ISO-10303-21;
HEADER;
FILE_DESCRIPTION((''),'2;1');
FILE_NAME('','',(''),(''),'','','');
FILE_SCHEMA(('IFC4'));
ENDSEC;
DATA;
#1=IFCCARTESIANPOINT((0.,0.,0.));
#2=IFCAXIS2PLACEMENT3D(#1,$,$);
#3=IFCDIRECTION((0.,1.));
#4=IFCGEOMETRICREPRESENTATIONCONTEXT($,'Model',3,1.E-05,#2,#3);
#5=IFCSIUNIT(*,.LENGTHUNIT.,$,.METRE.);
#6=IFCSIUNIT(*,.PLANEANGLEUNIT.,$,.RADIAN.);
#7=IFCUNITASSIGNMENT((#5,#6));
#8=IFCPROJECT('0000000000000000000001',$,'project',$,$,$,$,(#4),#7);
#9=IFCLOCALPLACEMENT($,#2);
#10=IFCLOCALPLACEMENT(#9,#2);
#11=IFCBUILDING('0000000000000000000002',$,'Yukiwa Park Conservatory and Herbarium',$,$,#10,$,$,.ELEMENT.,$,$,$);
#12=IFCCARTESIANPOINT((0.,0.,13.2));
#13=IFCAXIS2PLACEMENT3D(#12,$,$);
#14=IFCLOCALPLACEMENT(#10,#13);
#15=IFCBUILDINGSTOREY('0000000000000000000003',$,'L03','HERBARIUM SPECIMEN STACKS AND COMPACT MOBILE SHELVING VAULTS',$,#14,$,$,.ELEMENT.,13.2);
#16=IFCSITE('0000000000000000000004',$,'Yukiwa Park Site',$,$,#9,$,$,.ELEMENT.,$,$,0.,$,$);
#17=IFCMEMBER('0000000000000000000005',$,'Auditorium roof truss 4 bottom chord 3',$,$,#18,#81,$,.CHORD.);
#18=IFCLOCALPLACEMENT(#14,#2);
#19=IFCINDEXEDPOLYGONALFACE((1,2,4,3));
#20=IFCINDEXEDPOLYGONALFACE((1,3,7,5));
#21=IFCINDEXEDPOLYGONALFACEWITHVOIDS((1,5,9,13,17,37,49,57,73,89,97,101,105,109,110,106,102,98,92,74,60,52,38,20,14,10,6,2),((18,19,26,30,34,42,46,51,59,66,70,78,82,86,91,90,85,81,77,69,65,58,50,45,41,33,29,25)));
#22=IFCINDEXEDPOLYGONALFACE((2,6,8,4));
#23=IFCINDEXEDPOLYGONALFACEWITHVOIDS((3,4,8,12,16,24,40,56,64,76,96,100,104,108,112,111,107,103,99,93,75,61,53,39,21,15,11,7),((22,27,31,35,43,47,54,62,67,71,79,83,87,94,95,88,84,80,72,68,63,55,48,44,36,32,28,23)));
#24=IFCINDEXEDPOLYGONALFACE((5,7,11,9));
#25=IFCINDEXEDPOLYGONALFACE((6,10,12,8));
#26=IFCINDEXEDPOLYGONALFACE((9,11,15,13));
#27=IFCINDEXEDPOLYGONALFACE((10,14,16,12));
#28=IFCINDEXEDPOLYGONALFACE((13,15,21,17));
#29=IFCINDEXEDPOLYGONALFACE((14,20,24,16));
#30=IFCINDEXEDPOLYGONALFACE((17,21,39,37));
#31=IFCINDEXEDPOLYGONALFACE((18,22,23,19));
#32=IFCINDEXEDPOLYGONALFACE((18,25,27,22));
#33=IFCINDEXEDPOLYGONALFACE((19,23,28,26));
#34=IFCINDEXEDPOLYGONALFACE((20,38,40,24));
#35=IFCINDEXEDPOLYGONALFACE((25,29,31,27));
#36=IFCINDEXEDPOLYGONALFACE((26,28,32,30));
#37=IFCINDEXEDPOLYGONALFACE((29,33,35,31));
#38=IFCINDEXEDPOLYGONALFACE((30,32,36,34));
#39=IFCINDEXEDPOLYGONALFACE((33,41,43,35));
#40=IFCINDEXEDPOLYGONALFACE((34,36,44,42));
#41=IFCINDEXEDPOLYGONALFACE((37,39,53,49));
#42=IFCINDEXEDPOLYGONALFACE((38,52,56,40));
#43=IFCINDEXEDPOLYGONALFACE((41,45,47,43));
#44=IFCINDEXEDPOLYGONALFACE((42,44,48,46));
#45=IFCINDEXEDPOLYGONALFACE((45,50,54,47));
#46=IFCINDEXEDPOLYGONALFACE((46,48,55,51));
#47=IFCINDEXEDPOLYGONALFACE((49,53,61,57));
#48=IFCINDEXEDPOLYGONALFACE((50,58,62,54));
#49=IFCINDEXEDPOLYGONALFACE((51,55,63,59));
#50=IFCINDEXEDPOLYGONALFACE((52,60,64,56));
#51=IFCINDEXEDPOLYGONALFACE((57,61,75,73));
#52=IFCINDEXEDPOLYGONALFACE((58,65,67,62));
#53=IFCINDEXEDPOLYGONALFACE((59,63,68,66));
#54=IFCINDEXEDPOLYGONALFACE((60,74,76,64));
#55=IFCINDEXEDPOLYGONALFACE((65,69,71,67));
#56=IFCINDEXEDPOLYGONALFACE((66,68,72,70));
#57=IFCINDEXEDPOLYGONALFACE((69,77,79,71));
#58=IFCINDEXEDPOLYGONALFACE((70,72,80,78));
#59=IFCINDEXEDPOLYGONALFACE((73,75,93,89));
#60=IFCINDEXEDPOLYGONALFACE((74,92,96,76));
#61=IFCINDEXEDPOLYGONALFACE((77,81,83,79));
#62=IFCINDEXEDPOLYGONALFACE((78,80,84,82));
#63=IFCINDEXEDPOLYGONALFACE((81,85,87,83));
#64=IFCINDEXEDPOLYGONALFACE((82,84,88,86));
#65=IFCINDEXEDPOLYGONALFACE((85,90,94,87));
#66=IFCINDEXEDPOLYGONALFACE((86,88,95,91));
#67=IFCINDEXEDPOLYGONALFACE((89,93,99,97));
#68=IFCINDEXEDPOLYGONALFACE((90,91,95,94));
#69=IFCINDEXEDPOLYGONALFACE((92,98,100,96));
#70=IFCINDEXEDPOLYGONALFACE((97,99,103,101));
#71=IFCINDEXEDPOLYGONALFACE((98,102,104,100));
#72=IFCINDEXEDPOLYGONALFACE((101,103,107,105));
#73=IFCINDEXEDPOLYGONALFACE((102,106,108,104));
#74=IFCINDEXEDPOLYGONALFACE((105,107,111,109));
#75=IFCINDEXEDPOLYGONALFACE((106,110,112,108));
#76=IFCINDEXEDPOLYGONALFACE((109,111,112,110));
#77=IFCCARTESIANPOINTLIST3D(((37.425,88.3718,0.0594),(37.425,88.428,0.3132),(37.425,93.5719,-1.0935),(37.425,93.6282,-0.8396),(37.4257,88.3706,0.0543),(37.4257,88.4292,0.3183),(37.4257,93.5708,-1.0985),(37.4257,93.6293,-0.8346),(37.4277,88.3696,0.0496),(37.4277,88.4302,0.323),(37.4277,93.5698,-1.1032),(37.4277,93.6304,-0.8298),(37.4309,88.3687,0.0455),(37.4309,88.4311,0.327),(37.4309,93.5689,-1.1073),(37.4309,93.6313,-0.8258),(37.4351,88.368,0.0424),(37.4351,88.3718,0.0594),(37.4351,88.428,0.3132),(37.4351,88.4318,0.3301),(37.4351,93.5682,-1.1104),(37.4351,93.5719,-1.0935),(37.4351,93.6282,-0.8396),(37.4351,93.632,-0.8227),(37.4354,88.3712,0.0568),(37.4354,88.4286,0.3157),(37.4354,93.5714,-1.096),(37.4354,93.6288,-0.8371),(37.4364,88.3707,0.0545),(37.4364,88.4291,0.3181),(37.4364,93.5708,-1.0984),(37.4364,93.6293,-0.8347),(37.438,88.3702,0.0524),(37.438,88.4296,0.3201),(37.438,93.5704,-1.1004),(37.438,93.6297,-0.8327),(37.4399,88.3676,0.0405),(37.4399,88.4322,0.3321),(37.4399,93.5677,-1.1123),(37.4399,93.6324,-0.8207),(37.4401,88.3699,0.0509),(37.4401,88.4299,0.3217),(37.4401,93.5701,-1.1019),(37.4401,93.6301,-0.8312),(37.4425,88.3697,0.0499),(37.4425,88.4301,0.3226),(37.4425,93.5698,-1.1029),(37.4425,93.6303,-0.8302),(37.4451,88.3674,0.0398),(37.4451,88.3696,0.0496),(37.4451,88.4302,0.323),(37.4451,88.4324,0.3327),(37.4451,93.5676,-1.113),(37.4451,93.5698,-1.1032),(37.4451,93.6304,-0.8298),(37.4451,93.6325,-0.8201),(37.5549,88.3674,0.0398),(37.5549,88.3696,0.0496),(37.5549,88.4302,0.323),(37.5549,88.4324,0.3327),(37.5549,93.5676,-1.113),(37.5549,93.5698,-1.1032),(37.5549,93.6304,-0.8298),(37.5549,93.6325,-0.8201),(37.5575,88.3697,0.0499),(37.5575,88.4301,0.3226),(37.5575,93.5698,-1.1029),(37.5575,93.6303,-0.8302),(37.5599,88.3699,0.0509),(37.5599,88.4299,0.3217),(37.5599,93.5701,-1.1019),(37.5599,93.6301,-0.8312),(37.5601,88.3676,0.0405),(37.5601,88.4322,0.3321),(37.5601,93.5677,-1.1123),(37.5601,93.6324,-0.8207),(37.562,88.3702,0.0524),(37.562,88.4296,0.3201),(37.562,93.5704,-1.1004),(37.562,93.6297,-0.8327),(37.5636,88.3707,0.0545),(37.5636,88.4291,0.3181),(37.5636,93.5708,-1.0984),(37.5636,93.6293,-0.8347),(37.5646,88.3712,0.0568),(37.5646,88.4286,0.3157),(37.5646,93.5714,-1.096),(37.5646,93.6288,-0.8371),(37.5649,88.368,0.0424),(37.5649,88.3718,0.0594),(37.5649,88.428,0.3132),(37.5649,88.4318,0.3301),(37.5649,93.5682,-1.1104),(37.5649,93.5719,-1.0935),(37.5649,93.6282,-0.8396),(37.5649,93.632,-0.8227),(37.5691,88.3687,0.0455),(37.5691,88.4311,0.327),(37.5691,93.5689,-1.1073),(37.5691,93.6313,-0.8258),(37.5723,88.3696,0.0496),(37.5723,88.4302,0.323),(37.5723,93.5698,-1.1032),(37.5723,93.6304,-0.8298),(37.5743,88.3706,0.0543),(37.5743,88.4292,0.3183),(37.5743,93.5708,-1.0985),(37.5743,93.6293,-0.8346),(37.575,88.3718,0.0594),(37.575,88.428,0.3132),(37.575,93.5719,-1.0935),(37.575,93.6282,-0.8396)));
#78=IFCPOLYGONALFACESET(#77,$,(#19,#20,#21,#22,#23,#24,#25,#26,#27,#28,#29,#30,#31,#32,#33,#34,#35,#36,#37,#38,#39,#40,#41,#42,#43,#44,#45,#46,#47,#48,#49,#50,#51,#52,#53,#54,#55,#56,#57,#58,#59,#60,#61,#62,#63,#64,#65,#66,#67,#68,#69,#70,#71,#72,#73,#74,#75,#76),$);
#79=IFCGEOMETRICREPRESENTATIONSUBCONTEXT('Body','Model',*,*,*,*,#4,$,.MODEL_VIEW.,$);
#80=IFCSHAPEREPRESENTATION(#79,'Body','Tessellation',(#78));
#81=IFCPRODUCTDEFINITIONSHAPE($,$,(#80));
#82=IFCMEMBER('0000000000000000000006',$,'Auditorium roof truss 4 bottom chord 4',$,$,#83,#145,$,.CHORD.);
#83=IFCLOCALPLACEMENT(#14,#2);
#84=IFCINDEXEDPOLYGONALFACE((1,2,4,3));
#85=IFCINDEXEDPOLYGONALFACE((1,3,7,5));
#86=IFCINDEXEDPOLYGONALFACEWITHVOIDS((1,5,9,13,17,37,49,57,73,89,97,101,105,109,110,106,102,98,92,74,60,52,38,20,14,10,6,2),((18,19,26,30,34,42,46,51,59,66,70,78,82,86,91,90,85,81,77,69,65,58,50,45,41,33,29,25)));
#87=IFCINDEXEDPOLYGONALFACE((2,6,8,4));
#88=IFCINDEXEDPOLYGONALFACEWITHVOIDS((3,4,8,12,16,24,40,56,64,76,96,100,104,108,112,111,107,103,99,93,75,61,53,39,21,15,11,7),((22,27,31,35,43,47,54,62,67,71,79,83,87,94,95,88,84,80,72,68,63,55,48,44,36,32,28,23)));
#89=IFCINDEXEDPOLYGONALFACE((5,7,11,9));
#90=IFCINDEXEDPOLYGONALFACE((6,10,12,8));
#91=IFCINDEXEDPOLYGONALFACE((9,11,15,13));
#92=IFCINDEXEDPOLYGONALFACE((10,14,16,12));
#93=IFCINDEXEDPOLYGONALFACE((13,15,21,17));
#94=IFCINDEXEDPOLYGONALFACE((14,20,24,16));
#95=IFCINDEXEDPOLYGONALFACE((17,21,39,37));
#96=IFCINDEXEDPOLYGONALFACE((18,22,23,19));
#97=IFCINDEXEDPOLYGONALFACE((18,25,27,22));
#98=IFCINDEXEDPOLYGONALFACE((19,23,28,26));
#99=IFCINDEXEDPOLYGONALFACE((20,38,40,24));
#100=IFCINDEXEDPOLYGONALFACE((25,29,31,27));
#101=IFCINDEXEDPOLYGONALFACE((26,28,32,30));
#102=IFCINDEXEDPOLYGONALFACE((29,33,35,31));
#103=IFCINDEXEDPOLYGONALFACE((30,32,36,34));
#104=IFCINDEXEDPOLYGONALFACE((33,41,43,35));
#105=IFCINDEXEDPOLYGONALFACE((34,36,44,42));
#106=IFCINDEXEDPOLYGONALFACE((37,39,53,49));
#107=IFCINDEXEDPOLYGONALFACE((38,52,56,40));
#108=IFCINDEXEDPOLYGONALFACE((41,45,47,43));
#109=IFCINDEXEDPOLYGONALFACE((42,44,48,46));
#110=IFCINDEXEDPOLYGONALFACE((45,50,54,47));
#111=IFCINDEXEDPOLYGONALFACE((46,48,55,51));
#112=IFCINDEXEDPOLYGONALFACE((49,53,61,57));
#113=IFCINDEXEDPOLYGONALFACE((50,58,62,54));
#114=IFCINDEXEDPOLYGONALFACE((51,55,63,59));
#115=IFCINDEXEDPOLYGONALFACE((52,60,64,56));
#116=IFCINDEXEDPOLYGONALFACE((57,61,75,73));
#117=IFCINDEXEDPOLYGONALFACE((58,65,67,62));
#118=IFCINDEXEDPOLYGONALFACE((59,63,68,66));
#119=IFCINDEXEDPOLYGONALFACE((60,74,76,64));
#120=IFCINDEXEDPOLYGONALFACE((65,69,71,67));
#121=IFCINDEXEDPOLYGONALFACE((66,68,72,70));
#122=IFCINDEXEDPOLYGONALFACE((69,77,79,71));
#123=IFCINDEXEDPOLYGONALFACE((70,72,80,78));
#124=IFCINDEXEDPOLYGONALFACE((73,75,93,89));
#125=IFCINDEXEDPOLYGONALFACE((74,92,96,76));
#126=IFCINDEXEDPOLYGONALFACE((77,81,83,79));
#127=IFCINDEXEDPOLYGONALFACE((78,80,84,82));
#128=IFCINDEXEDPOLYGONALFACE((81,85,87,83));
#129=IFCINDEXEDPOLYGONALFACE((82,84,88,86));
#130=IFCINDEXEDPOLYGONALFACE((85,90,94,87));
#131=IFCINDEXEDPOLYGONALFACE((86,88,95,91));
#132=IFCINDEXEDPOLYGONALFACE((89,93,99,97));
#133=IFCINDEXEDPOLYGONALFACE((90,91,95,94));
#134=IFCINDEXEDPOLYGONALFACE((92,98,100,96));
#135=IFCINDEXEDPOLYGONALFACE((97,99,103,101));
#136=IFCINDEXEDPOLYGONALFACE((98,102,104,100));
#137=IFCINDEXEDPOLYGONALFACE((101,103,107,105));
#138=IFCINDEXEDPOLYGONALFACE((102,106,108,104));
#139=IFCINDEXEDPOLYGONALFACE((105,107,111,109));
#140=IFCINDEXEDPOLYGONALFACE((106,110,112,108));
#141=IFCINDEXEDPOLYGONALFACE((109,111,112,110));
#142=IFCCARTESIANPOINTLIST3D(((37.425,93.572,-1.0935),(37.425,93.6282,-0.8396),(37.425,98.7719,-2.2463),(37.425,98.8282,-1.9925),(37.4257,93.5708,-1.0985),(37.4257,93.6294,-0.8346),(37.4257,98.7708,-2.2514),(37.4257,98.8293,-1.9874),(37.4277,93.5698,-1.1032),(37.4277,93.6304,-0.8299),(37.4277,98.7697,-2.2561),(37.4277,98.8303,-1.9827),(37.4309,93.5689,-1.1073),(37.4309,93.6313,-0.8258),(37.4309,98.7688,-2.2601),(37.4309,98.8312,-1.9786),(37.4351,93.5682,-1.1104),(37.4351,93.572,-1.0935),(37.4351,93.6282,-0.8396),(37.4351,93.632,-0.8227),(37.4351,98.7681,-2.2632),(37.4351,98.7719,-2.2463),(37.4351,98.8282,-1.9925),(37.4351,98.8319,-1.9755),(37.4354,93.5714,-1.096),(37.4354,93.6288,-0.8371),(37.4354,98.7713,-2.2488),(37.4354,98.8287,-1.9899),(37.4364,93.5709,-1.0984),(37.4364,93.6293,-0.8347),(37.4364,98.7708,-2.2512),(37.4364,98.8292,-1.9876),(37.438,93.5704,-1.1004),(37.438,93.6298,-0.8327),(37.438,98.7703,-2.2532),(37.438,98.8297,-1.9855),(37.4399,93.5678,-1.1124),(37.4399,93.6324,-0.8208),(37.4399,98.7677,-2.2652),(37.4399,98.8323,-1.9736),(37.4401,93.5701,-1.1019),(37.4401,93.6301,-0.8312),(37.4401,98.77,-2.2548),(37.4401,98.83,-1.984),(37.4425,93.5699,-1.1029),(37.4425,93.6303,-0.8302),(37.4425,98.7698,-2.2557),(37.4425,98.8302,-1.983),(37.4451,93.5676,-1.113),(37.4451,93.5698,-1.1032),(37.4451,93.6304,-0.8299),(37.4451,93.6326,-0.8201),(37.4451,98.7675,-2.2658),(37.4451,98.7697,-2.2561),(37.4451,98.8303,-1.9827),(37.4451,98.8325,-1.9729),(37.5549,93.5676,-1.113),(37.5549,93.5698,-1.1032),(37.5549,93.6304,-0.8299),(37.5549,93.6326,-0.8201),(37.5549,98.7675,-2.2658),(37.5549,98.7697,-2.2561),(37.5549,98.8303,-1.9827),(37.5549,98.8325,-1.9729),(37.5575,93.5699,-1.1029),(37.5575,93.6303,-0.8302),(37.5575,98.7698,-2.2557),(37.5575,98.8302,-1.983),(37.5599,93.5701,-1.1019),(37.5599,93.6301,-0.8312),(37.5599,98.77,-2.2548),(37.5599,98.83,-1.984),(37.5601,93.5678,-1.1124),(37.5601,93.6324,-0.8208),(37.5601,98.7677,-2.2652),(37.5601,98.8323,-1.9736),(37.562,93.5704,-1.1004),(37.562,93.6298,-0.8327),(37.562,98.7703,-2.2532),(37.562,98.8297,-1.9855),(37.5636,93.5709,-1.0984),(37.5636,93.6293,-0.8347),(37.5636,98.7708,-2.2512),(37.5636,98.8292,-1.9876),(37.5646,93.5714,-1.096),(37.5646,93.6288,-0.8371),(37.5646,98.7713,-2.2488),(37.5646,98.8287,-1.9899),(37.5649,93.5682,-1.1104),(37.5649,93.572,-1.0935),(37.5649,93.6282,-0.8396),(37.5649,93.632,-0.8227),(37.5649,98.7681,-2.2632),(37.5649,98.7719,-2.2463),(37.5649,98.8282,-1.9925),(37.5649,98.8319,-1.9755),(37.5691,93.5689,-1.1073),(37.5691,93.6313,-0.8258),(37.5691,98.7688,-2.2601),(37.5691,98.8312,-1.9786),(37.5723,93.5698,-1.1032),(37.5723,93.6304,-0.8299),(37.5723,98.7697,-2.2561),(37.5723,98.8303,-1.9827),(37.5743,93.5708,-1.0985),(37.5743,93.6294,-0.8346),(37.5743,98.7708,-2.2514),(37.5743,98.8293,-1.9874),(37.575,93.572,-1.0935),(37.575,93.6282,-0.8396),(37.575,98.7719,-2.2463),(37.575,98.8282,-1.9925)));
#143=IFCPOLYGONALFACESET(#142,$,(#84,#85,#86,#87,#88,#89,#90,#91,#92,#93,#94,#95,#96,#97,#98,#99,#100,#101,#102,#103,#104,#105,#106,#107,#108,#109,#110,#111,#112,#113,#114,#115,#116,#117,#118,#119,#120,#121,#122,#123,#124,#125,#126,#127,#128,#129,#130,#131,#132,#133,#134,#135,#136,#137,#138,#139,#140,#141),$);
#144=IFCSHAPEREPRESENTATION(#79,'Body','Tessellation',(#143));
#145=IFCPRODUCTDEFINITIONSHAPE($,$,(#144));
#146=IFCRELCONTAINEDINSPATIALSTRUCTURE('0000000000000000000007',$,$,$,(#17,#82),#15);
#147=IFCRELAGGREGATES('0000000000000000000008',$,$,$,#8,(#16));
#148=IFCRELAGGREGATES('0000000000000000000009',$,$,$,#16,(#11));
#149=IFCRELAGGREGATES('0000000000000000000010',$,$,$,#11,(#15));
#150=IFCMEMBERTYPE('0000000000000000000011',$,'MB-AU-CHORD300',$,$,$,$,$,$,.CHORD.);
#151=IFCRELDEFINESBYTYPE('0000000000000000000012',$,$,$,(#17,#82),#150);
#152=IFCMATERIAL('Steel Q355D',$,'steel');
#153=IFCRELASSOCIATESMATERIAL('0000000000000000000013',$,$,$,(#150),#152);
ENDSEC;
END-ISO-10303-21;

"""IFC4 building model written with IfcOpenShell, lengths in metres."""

from ifc_helpers import new_model, si_unit, direction, frame, origin, origin_2d, place, context, subcontext, project, spatial, hollow_rectangle, extrude, material, material_profile, profile_set, type_object, element, save


model = new_model("IFC4")

# Units and contexts
model_context = context("Model", 3, precision=1e-05, world=origin(), true_north=direction((0.0, 1.0)))
body_context = subcontext(model_context, "Body", "Model", "MODEL_VIEW")
ifc_project = project(units=[si_unit("LENGTHUNIT", "METRE"), si_unit("PLANEANGLEUNIT", "RADIAN")], contexts=[model_context])

# Site, building, storey
site_placement = place(None, origin())
site = spatial("IfcSite", under=ifc_project, at=site_placement, Name="Yukiwa Park Site", CompositionType="ELEMENT", RefElevation=0.0)
building_placement = place(site_placement, origin())
building = spatial("IfcBuilding", under=site, at=building_placement, Name="Yukiwa Park Conservatory and Herbarium", CompositionType="ELEMENT")
storey_placement = place(building_placement, frame((0.0, 0.0, 13.2)))
storey = spatial("IfcBuildingStorey", under=building, at=storey_placement, Name="L03", Description="HERBARIUM SPECIMEN STACKS AND COMPACT MOBILE SHELVING VAULTS", CompositionType="ELEMENT", Elevation=13.2)

# Members
ifc_material_1 = material(Name="Steel Q355D", Category="steel")
ifc_material_profile_1 = material_profile(ifc_material_1, hollow_rectangle(XDim=0.1499, YDim=0.3, WallThickness=0.01, InnerFilletRadius=0.01, OuterFilletRadius=0.02, at=origin_2d()), Name="RHS 300x150x10")
ifc_profile_set_1 = profile_set([ifc_material_profile_1], Name="Steel Q355D")
member_type_1 = type_object("IfcMemberType", Name="MB-AU-CHORD300", PredefinedType="CHORD", material=ifc_profile_set_1)
member_1_placement = place(storey_placement, frame((37.5, 88.3999, 0.1863), z_axis=(0.0, 0.976297, -0.216435), x_axis=(-1.0, 0.0, 0.0)))
element("IfcMember", 1, at=member_1_placement, inside=storey, type_object=member_type_1, Name="Auditorium roof truss 4 bottom chord 3", PredefinedType="CHORD", context=body_context, shape_type="SweptSolid", body=[
    extrude(hollow_rectangle(XDim=0.1499, YDim=0.3, WallThickness=0.01, InnerFilletRadius=0.01, OuterFilletRadius=0.02, at=origin_2d()), origin(), (0.0, 0.0, 1.0), 5.3264),
])
member_2_placement = place(storey_placement, frame((37.5, 93.6001, -0.9666), z_axis=(0.0, 0.976295, -0.216445), x_axis=(-1.0, 0.0, 0.0)))
element("IfcMember", 2, at=member_2_placement, inside=storey, type_object=member_type_1, Name="Auditorium roof truss 4 bottom chord 4", PredefinedType="CHORD", context=body_context, shape_type="SweptSolid", body=[
    extrude(hollow_rectangle(XDim=0.1499, YDim=0.3, WallThickness=0.01, InnerFilletRadius=0.01, OuterFilletRadius=0.02, at=origin_2d()), origin(), (0.0, 0.0, 1.0), 5.3262),
])

save(model, "model.ifc")
